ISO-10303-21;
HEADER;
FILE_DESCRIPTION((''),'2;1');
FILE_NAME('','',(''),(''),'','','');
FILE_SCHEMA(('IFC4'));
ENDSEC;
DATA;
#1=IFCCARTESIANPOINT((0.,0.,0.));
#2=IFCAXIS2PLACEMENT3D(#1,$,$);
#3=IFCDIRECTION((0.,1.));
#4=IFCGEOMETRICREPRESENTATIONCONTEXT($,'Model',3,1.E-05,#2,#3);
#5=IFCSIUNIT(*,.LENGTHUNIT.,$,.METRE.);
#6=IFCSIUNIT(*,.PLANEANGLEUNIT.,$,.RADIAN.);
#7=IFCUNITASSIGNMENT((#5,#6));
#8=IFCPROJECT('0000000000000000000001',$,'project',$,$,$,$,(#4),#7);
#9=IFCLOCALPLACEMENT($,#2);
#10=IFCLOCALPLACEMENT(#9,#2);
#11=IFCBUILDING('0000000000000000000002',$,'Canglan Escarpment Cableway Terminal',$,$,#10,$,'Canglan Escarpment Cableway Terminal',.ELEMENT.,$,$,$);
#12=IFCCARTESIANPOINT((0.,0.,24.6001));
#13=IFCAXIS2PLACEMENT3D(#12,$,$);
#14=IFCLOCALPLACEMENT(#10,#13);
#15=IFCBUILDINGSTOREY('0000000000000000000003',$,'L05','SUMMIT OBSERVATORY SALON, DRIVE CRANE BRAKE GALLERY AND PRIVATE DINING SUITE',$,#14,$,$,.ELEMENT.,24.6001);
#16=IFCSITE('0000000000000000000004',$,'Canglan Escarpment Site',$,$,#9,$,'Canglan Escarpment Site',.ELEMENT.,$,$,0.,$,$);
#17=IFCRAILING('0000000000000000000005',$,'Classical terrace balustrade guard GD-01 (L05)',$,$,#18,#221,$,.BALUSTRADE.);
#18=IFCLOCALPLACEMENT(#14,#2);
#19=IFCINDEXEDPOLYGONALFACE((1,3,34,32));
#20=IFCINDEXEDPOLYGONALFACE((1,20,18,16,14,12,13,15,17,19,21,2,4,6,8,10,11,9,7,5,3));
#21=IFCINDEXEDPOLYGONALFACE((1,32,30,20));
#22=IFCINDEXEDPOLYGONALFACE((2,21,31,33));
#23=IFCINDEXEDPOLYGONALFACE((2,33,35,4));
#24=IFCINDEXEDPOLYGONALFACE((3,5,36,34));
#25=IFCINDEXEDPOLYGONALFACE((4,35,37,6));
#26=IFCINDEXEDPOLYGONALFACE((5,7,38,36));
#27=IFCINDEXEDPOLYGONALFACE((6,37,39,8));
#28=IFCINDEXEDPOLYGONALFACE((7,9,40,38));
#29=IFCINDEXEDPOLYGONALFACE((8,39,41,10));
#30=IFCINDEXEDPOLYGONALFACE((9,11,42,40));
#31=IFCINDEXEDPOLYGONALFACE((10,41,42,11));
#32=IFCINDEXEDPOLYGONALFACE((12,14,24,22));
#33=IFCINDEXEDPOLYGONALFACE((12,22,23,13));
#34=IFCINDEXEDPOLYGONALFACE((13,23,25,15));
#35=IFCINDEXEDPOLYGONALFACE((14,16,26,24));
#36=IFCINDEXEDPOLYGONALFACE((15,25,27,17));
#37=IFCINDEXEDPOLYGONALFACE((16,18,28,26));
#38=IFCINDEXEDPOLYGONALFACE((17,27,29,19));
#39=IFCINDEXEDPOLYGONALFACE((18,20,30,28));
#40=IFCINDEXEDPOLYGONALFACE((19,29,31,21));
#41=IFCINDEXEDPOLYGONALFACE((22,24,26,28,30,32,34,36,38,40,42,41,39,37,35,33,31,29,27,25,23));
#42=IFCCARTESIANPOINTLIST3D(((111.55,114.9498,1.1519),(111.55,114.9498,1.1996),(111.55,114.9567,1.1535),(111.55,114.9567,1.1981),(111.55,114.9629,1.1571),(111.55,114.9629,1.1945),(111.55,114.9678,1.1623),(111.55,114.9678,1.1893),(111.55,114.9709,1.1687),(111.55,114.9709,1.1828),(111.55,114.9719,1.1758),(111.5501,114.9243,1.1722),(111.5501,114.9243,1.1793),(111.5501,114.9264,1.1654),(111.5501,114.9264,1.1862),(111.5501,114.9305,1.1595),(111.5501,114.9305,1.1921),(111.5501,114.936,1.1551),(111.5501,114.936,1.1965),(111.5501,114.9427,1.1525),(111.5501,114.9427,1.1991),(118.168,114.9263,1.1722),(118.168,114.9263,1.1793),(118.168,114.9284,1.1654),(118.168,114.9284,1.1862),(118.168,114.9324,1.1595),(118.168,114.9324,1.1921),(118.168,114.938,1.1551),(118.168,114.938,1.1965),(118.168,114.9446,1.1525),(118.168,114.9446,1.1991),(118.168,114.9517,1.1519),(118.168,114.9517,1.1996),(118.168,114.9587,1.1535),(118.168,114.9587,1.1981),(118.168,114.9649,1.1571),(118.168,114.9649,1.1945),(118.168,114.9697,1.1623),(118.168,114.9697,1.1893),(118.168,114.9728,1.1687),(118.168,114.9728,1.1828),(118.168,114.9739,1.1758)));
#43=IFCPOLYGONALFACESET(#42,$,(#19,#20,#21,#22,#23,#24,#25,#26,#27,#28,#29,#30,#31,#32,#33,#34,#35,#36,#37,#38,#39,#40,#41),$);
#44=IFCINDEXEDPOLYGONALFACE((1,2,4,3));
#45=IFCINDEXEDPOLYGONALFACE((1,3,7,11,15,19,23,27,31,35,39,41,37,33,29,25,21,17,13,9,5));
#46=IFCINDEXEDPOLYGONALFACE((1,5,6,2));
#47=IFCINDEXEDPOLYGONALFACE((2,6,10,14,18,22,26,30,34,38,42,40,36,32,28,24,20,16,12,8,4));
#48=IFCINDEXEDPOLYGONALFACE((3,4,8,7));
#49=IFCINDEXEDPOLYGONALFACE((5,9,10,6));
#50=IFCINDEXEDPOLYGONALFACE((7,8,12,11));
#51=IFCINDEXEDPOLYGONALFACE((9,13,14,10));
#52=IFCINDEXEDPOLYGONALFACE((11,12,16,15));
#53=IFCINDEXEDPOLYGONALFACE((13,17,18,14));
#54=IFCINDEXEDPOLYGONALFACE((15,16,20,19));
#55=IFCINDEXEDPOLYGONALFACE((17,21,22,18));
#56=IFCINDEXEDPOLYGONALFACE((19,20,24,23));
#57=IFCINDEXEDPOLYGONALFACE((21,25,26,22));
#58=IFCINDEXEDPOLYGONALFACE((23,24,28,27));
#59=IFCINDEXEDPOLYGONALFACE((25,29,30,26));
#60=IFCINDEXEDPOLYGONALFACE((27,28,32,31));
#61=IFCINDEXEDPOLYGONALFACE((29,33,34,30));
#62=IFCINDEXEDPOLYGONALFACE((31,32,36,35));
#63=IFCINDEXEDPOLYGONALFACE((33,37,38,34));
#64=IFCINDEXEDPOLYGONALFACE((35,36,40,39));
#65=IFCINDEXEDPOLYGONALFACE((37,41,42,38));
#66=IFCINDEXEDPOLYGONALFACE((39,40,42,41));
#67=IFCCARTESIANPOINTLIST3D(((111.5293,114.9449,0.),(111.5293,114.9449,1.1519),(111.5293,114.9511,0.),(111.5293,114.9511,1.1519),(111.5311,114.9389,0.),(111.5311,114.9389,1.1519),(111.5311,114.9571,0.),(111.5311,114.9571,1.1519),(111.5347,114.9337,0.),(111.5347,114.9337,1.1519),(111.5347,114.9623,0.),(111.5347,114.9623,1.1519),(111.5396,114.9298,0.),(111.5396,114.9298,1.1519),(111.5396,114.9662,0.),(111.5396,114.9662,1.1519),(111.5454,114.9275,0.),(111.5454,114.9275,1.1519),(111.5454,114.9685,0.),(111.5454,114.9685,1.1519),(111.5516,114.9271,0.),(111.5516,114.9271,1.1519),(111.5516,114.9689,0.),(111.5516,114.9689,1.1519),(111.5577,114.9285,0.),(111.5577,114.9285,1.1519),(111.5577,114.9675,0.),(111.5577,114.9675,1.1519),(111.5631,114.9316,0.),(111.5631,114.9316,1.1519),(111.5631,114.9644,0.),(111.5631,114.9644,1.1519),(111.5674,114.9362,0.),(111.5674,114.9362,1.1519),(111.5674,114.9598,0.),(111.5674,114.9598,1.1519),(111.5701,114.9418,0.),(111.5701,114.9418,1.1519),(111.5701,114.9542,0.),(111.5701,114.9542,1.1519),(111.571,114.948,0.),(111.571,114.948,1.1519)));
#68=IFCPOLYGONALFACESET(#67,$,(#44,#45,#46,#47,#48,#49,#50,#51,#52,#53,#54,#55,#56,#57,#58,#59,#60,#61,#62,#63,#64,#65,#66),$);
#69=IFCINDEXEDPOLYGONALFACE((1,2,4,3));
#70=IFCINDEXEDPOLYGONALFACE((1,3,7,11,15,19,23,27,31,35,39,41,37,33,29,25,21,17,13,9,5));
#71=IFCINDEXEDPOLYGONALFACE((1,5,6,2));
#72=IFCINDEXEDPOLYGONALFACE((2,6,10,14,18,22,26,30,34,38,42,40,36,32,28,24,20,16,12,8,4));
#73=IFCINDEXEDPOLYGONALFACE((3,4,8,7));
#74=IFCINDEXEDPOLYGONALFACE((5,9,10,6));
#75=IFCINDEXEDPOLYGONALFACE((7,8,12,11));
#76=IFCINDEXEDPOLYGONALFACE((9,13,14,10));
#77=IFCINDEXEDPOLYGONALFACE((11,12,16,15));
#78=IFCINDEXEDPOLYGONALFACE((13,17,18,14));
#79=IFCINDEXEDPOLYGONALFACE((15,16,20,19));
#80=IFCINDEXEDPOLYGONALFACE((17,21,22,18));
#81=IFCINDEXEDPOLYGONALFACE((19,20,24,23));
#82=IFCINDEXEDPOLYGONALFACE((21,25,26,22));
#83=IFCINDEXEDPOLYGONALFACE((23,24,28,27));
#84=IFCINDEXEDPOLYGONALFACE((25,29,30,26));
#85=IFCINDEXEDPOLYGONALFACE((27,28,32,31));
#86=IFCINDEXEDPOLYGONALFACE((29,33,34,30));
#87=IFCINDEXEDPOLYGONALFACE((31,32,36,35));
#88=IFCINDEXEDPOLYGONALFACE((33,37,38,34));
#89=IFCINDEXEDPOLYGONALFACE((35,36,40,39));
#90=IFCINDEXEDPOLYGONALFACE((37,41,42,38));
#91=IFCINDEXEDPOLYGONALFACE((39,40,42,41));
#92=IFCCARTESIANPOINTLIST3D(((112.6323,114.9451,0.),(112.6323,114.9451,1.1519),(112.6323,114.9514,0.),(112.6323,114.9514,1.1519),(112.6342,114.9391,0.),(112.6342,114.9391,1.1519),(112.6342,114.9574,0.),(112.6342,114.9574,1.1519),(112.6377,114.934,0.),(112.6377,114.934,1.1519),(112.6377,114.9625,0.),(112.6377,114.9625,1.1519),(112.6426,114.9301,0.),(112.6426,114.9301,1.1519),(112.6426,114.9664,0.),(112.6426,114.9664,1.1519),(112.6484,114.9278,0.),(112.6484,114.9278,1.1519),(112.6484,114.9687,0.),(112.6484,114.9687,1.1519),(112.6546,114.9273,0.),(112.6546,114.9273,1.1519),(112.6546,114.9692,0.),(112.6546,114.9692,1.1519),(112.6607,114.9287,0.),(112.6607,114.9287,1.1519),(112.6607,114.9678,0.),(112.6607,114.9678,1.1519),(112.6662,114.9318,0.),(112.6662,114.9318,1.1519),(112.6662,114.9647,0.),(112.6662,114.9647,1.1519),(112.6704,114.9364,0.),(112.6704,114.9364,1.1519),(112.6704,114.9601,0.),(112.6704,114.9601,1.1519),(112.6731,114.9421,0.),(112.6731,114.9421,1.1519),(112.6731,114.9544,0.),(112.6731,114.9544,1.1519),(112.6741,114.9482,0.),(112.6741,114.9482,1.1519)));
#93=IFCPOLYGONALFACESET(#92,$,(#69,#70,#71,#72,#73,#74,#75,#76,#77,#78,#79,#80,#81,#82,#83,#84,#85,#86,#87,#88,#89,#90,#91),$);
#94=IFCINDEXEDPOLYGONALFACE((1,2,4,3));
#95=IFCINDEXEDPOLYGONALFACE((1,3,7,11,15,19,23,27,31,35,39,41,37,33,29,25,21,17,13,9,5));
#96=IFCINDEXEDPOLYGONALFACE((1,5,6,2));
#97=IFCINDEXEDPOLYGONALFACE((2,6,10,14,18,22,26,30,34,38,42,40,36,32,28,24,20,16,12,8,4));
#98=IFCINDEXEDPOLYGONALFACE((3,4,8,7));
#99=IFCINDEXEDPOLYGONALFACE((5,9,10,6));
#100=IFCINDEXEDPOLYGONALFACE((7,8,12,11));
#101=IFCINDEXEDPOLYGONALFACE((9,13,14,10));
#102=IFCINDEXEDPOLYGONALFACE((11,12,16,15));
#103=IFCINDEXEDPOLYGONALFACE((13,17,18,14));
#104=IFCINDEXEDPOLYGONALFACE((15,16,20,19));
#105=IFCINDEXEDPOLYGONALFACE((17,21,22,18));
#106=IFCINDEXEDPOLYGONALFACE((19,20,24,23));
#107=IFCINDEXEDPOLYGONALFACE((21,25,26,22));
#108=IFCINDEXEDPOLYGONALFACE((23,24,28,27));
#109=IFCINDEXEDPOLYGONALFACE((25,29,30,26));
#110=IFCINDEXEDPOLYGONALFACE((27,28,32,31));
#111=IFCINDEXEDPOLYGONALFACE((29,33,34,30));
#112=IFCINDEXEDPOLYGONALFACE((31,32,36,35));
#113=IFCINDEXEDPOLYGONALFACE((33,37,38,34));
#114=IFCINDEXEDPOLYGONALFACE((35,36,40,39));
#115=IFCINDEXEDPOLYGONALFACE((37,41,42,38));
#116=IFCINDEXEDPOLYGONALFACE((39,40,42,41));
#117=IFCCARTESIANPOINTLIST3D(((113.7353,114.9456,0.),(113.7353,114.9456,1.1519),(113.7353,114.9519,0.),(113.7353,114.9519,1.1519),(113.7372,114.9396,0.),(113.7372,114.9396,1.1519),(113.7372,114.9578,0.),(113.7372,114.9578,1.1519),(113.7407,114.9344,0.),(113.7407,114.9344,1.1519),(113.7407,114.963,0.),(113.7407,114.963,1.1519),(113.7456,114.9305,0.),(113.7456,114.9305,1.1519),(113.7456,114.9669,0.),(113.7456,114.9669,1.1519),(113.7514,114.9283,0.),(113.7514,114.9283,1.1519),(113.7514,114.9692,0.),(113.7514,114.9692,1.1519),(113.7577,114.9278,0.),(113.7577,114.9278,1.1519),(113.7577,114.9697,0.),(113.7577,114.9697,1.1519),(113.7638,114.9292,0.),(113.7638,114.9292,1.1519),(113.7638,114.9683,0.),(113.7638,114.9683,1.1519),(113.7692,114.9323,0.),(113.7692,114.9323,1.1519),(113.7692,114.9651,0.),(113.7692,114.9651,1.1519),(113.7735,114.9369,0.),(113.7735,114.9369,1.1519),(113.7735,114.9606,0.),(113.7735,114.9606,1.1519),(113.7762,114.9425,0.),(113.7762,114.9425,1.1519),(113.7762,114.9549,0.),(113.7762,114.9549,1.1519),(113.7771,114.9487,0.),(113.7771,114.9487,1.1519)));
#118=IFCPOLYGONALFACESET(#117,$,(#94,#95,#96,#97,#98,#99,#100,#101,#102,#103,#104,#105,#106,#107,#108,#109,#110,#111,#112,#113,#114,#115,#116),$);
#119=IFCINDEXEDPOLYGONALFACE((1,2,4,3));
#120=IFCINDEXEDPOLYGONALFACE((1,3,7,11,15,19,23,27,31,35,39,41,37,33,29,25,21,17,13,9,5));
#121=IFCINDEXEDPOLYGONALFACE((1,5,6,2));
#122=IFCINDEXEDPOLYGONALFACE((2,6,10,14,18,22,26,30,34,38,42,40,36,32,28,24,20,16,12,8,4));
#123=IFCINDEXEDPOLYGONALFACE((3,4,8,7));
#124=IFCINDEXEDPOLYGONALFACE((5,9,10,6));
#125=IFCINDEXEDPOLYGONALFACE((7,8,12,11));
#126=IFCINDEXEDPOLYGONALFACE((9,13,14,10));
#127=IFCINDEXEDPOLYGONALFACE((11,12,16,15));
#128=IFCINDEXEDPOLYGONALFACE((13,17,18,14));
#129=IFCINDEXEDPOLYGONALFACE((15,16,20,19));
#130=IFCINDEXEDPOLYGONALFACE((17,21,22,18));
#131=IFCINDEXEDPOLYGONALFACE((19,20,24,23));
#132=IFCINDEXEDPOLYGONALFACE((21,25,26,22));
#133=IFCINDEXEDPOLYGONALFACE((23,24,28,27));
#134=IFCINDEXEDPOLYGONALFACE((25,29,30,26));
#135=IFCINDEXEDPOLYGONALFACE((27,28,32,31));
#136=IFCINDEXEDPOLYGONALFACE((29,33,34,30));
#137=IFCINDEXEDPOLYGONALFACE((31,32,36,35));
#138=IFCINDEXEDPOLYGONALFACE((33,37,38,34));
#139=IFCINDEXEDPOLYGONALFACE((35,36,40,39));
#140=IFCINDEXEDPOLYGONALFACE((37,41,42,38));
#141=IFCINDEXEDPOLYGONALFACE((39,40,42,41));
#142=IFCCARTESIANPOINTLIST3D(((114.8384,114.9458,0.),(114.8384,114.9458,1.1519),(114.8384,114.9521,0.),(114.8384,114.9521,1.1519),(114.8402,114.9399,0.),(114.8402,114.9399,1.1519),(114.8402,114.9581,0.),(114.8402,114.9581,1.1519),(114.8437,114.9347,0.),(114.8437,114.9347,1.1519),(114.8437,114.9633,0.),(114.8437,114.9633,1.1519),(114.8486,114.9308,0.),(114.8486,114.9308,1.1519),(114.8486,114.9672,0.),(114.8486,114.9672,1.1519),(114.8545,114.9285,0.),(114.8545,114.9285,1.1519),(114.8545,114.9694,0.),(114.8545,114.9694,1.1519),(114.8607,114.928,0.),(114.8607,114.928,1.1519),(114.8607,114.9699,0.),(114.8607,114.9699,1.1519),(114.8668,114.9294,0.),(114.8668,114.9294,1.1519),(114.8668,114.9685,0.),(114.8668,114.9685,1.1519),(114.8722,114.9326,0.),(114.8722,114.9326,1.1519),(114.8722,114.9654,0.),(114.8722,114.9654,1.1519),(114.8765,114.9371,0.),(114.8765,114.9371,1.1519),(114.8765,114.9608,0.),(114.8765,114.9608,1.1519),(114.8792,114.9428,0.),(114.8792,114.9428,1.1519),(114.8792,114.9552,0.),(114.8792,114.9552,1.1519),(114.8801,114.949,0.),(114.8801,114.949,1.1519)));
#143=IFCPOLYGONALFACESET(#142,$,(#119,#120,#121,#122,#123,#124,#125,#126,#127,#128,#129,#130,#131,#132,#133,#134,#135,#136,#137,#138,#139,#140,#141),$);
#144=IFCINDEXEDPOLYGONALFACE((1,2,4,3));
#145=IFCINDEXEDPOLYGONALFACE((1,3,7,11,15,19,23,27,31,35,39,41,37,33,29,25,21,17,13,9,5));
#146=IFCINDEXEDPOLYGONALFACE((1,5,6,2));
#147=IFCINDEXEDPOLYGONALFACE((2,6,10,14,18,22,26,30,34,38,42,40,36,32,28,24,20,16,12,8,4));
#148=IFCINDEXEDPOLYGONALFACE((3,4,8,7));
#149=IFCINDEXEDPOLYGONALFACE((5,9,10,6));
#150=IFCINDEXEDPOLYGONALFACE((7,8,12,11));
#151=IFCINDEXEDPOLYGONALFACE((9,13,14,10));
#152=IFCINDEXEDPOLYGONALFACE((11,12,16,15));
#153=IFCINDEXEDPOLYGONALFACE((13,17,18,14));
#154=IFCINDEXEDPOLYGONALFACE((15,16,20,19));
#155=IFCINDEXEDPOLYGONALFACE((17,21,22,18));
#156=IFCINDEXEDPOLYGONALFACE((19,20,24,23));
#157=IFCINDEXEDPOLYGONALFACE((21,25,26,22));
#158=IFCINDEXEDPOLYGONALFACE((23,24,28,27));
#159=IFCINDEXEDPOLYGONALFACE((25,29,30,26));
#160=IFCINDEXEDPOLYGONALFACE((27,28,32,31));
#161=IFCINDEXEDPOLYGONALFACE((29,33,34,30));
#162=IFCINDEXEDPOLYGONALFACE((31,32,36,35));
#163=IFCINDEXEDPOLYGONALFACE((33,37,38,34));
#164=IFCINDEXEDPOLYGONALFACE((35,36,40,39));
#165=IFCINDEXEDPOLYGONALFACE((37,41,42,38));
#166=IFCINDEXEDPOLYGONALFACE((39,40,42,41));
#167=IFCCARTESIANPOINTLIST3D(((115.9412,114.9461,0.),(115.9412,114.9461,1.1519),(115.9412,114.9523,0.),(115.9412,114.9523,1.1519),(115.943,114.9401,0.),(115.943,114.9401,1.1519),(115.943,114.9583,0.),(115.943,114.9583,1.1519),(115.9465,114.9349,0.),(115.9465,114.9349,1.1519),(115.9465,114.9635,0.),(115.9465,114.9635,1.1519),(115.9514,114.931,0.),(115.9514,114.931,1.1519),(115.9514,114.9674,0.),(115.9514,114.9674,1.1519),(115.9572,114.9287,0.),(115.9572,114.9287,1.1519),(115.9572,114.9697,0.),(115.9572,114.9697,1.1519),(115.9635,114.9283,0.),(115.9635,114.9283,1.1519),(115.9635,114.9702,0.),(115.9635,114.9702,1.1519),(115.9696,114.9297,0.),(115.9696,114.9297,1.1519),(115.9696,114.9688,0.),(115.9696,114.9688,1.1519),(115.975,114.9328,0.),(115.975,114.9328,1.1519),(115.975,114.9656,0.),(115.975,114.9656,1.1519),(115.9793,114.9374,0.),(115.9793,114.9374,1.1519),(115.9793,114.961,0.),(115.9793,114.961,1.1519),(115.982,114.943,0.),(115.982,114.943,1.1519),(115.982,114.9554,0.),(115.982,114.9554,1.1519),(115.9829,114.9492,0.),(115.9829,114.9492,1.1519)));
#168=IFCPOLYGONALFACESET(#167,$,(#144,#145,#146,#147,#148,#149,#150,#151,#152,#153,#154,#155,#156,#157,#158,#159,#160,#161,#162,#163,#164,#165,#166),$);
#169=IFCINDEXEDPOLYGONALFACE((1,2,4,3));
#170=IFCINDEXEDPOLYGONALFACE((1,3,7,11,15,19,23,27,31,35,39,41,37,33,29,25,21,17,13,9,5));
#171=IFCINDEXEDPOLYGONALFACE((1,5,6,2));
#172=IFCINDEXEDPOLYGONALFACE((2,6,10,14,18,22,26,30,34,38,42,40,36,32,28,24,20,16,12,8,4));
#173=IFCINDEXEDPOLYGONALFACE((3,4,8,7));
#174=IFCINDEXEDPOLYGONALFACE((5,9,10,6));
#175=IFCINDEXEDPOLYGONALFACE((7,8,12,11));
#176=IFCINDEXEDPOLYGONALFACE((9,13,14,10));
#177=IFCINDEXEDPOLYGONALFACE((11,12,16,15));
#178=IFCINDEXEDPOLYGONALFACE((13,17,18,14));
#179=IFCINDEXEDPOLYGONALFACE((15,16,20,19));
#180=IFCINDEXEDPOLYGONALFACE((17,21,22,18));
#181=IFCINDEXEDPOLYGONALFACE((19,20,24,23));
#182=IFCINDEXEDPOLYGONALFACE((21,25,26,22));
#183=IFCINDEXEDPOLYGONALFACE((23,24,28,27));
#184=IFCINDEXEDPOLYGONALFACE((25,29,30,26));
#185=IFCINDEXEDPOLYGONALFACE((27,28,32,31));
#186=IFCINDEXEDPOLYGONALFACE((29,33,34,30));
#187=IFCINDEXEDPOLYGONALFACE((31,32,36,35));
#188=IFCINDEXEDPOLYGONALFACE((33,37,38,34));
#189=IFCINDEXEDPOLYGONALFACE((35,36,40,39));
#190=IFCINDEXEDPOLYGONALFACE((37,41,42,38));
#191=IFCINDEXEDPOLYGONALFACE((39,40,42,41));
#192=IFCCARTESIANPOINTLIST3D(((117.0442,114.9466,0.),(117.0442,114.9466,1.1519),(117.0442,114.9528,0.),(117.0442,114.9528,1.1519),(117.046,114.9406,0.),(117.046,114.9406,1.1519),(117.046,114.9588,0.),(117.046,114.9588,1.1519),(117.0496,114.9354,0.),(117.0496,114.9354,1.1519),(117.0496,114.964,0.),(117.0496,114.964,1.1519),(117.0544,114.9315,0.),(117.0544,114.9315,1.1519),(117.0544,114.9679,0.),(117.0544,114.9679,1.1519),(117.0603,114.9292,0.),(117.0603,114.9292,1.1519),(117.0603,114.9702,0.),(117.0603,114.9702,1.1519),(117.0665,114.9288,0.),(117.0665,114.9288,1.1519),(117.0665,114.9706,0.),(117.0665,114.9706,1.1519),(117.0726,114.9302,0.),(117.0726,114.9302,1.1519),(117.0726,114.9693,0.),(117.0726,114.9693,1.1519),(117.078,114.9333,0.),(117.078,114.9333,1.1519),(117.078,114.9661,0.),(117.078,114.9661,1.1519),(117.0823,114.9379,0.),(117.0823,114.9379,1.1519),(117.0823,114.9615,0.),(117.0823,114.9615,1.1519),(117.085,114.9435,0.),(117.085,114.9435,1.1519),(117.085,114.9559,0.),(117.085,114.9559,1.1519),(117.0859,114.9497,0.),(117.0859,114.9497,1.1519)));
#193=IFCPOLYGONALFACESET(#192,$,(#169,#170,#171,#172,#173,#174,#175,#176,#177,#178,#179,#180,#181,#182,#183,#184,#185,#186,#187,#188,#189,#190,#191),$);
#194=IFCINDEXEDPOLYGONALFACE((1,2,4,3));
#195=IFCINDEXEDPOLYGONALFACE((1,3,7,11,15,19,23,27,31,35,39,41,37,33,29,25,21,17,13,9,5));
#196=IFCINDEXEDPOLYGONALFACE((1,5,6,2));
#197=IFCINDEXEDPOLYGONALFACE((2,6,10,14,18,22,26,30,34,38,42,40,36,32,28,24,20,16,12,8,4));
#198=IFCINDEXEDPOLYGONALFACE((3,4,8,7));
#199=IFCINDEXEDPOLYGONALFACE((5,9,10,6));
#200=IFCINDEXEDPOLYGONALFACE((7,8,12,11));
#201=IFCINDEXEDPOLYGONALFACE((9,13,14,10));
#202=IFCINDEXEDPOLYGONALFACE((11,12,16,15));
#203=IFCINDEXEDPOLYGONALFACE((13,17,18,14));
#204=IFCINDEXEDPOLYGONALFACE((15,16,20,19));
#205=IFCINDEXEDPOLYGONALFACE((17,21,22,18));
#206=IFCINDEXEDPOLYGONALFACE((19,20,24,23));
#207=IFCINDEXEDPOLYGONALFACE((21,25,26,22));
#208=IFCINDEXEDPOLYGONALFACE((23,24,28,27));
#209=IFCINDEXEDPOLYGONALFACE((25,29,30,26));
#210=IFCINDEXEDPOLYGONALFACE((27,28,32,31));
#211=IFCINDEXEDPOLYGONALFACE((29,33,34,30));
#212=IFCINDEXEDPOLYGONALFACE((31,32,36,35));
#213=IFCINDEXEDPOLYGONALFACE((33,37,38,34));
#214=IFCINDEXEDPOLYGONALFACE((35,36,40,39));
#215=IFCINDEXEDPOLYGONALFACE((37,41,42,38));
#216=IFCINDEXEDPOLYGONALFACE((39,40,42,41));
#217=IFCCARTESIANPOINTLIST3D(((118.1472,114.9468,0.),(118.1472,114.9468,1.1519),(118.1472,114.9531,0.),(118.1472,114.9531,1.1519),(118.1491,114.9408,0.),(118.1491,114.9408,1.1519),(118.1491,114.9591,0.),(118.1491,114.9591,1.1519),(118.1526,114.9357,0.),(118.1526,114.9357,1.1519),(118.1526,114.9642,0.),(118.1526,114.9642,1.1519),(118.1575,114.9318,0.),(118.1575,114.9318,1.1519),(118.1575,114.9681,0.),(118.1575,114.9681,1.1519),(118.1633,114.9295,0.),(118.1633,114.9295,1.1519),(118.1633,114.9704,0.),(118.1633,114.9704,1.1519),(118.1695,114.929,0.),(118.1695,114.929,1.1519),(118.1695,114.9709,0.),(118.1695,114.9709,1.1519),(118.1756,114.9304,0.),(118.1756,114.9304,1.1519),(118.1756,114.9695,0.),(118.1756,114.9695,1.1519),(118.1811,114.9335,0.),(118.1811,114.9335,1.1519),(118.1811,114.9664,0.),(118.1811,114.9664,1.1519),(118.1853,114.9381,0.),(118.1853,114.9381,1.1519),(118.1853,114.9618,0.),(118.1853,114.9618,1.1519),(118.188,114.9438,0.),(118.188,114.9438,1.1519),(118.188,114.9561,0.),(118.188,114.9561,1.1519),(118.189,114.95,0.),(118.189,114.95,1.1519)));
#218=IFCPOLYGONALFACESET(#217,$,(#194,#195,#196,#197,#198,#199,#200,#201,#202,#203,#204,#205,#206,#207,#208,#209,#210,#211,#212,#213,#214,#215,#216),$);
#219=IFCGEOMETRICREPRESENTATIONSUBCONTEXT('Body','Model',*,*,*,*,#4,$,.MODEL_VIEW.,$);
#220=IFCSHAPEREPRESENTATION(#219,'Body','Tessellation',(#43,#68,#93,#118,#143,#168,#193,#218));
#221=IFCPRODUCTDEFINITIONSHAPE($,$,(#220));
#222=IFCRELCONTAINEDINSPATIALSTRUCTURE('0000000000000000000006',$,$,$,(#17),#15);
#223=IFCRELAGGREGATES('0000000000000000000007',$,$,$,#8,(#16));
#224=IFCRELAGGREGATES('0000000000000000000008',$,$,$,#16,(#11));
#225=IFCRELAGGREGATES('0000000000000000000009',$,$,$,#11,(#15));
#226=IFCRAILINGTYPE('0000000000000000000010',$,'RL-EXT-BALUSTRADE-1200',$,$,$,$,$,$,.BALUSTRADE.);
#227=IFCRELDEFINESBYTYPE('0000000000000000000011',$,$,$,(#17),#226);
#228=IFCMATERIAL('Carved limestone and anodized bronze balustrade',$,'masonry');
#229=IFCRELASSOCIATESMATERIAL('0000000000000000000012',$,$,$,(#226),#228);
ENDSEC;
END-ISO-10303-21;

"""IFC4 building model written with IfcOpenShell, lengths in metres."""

from ifc_helpers import new_model, si_unit, direction, frame, origin, origin_2d, place, context, subcontext, project, spatial, circle, extrude, material, type_object, element, save


model = new_model("IFC4")

# Units and contexts
model_context = context("Model", 3, precision=1e-05, world=origin(), true_north=direction((0.0, 1.0)))
body_context = subcontext(model_context, "Body", "Model", "MODEL_VIEW")
ifc_project = project(units=[si_unit("LENGTHUNIT", "METRE"), si_unit("PLANEANGLEUNIT", "RADIAN")], contexts=[model_context])

# Site, building, storey
site_placement = place(None, origin())
site = spatial("IfcSite", under=ifc_project, at=site_placement, Name="Canglan Escarpment Site", LongName="Canglan Escarpment Site", CompositionType="ELEMENT", RefElevation=0.0)
building_placement = place(site_placement, origin())
building = spatial("IfcBuilding", under=site, at=building_placement, Name="Canglan Escarpment Cableway Terminal", LongName="Canglan Escarpment Cableway Terminal", CompositionType="ELEMENT")
storey_placement = place(building_placement, frame((0.0, 0.0, 24.6001)))
storey = spatial("IfcBuildingStorey", under=building, at=storey_placement, Name="L05", Description="SUMMIT OBSERVATORY SALON, DRIVE CRANE BRAKE GALLERY AND PRIVATE DINING SUITE", CompositionType="ELEMENT", Elevation=24.6001)

# Railing
ifc_material_1 = material(Name="Carved limestone and anodized bronze balustrade", Category="masonry")
railing_type = type_object("IfcRailingType", Name="RL-EXT-BALUSTRADE-1200", PredefinedType="BALUSTRADE", material=ifc_material_1)
railing_1_placement = place(storey_placement, frame((111.55, 114.948, 0.0)))
element("IfcRailing", 1, at=railing_1_placement, inside=storey, type_object=railing_type, Name="Classical terrace balustrade guard GD-01 (L05)", PredefinedType="BALUSTRADE", context=body_context, shape_type="SweptSolid", body=[
    extrude(circle(Radius=0.0239, at=origin_2d()), frame((0.0, 0.0, 1.1758), z_axis=(1.0, 0.000295, 0.0), x_axis=(-0.000295, 1.0, 0.0)), (0.0, 0.0, 1.0), 6.6179),
    extrude(circle(Radius=0.021, at=origin_2d()), origin(), (0.0, 0.0, 1.0), 1.1519),
    extrude(circle(Radius=0.021, at=origin_2d()), frame((1.103, 0.0002, 0.0)), (0.0, 0.0, 1.0), 1.1519),
    extrude(circle(Radius=0.021, at=origin_2d()), frame((2.2061, 0.0007, 0.0)), (0.0, 0.0, 1.0), 1.1519),
    extrude(circle(Radius=0.021, at=origin_2d()), frame((3.3091, 0.001, 0.0)), (0.0, 0.0, 1.0), 1.1519),
    extrude(circle(Radius=0.021, at=origin_2d()), frame((4.4119, 0.0012, 0.0)), (0.0, 0.0, 1.0), 1.1519),
    extrude(circle(Radius=0.021, at=origin_2d()), frame((5.5149, 0.0017, 0.0)), (0.0, 0.0, 1.0), 1.1519),
    extrude(circle(Radius=0.021, at=origin_2d()), frame((6.6179, 0.002, 0.0)), (0.0, 0.0, 1.0), 1.1519),
])

save(model, "model.ifc")
